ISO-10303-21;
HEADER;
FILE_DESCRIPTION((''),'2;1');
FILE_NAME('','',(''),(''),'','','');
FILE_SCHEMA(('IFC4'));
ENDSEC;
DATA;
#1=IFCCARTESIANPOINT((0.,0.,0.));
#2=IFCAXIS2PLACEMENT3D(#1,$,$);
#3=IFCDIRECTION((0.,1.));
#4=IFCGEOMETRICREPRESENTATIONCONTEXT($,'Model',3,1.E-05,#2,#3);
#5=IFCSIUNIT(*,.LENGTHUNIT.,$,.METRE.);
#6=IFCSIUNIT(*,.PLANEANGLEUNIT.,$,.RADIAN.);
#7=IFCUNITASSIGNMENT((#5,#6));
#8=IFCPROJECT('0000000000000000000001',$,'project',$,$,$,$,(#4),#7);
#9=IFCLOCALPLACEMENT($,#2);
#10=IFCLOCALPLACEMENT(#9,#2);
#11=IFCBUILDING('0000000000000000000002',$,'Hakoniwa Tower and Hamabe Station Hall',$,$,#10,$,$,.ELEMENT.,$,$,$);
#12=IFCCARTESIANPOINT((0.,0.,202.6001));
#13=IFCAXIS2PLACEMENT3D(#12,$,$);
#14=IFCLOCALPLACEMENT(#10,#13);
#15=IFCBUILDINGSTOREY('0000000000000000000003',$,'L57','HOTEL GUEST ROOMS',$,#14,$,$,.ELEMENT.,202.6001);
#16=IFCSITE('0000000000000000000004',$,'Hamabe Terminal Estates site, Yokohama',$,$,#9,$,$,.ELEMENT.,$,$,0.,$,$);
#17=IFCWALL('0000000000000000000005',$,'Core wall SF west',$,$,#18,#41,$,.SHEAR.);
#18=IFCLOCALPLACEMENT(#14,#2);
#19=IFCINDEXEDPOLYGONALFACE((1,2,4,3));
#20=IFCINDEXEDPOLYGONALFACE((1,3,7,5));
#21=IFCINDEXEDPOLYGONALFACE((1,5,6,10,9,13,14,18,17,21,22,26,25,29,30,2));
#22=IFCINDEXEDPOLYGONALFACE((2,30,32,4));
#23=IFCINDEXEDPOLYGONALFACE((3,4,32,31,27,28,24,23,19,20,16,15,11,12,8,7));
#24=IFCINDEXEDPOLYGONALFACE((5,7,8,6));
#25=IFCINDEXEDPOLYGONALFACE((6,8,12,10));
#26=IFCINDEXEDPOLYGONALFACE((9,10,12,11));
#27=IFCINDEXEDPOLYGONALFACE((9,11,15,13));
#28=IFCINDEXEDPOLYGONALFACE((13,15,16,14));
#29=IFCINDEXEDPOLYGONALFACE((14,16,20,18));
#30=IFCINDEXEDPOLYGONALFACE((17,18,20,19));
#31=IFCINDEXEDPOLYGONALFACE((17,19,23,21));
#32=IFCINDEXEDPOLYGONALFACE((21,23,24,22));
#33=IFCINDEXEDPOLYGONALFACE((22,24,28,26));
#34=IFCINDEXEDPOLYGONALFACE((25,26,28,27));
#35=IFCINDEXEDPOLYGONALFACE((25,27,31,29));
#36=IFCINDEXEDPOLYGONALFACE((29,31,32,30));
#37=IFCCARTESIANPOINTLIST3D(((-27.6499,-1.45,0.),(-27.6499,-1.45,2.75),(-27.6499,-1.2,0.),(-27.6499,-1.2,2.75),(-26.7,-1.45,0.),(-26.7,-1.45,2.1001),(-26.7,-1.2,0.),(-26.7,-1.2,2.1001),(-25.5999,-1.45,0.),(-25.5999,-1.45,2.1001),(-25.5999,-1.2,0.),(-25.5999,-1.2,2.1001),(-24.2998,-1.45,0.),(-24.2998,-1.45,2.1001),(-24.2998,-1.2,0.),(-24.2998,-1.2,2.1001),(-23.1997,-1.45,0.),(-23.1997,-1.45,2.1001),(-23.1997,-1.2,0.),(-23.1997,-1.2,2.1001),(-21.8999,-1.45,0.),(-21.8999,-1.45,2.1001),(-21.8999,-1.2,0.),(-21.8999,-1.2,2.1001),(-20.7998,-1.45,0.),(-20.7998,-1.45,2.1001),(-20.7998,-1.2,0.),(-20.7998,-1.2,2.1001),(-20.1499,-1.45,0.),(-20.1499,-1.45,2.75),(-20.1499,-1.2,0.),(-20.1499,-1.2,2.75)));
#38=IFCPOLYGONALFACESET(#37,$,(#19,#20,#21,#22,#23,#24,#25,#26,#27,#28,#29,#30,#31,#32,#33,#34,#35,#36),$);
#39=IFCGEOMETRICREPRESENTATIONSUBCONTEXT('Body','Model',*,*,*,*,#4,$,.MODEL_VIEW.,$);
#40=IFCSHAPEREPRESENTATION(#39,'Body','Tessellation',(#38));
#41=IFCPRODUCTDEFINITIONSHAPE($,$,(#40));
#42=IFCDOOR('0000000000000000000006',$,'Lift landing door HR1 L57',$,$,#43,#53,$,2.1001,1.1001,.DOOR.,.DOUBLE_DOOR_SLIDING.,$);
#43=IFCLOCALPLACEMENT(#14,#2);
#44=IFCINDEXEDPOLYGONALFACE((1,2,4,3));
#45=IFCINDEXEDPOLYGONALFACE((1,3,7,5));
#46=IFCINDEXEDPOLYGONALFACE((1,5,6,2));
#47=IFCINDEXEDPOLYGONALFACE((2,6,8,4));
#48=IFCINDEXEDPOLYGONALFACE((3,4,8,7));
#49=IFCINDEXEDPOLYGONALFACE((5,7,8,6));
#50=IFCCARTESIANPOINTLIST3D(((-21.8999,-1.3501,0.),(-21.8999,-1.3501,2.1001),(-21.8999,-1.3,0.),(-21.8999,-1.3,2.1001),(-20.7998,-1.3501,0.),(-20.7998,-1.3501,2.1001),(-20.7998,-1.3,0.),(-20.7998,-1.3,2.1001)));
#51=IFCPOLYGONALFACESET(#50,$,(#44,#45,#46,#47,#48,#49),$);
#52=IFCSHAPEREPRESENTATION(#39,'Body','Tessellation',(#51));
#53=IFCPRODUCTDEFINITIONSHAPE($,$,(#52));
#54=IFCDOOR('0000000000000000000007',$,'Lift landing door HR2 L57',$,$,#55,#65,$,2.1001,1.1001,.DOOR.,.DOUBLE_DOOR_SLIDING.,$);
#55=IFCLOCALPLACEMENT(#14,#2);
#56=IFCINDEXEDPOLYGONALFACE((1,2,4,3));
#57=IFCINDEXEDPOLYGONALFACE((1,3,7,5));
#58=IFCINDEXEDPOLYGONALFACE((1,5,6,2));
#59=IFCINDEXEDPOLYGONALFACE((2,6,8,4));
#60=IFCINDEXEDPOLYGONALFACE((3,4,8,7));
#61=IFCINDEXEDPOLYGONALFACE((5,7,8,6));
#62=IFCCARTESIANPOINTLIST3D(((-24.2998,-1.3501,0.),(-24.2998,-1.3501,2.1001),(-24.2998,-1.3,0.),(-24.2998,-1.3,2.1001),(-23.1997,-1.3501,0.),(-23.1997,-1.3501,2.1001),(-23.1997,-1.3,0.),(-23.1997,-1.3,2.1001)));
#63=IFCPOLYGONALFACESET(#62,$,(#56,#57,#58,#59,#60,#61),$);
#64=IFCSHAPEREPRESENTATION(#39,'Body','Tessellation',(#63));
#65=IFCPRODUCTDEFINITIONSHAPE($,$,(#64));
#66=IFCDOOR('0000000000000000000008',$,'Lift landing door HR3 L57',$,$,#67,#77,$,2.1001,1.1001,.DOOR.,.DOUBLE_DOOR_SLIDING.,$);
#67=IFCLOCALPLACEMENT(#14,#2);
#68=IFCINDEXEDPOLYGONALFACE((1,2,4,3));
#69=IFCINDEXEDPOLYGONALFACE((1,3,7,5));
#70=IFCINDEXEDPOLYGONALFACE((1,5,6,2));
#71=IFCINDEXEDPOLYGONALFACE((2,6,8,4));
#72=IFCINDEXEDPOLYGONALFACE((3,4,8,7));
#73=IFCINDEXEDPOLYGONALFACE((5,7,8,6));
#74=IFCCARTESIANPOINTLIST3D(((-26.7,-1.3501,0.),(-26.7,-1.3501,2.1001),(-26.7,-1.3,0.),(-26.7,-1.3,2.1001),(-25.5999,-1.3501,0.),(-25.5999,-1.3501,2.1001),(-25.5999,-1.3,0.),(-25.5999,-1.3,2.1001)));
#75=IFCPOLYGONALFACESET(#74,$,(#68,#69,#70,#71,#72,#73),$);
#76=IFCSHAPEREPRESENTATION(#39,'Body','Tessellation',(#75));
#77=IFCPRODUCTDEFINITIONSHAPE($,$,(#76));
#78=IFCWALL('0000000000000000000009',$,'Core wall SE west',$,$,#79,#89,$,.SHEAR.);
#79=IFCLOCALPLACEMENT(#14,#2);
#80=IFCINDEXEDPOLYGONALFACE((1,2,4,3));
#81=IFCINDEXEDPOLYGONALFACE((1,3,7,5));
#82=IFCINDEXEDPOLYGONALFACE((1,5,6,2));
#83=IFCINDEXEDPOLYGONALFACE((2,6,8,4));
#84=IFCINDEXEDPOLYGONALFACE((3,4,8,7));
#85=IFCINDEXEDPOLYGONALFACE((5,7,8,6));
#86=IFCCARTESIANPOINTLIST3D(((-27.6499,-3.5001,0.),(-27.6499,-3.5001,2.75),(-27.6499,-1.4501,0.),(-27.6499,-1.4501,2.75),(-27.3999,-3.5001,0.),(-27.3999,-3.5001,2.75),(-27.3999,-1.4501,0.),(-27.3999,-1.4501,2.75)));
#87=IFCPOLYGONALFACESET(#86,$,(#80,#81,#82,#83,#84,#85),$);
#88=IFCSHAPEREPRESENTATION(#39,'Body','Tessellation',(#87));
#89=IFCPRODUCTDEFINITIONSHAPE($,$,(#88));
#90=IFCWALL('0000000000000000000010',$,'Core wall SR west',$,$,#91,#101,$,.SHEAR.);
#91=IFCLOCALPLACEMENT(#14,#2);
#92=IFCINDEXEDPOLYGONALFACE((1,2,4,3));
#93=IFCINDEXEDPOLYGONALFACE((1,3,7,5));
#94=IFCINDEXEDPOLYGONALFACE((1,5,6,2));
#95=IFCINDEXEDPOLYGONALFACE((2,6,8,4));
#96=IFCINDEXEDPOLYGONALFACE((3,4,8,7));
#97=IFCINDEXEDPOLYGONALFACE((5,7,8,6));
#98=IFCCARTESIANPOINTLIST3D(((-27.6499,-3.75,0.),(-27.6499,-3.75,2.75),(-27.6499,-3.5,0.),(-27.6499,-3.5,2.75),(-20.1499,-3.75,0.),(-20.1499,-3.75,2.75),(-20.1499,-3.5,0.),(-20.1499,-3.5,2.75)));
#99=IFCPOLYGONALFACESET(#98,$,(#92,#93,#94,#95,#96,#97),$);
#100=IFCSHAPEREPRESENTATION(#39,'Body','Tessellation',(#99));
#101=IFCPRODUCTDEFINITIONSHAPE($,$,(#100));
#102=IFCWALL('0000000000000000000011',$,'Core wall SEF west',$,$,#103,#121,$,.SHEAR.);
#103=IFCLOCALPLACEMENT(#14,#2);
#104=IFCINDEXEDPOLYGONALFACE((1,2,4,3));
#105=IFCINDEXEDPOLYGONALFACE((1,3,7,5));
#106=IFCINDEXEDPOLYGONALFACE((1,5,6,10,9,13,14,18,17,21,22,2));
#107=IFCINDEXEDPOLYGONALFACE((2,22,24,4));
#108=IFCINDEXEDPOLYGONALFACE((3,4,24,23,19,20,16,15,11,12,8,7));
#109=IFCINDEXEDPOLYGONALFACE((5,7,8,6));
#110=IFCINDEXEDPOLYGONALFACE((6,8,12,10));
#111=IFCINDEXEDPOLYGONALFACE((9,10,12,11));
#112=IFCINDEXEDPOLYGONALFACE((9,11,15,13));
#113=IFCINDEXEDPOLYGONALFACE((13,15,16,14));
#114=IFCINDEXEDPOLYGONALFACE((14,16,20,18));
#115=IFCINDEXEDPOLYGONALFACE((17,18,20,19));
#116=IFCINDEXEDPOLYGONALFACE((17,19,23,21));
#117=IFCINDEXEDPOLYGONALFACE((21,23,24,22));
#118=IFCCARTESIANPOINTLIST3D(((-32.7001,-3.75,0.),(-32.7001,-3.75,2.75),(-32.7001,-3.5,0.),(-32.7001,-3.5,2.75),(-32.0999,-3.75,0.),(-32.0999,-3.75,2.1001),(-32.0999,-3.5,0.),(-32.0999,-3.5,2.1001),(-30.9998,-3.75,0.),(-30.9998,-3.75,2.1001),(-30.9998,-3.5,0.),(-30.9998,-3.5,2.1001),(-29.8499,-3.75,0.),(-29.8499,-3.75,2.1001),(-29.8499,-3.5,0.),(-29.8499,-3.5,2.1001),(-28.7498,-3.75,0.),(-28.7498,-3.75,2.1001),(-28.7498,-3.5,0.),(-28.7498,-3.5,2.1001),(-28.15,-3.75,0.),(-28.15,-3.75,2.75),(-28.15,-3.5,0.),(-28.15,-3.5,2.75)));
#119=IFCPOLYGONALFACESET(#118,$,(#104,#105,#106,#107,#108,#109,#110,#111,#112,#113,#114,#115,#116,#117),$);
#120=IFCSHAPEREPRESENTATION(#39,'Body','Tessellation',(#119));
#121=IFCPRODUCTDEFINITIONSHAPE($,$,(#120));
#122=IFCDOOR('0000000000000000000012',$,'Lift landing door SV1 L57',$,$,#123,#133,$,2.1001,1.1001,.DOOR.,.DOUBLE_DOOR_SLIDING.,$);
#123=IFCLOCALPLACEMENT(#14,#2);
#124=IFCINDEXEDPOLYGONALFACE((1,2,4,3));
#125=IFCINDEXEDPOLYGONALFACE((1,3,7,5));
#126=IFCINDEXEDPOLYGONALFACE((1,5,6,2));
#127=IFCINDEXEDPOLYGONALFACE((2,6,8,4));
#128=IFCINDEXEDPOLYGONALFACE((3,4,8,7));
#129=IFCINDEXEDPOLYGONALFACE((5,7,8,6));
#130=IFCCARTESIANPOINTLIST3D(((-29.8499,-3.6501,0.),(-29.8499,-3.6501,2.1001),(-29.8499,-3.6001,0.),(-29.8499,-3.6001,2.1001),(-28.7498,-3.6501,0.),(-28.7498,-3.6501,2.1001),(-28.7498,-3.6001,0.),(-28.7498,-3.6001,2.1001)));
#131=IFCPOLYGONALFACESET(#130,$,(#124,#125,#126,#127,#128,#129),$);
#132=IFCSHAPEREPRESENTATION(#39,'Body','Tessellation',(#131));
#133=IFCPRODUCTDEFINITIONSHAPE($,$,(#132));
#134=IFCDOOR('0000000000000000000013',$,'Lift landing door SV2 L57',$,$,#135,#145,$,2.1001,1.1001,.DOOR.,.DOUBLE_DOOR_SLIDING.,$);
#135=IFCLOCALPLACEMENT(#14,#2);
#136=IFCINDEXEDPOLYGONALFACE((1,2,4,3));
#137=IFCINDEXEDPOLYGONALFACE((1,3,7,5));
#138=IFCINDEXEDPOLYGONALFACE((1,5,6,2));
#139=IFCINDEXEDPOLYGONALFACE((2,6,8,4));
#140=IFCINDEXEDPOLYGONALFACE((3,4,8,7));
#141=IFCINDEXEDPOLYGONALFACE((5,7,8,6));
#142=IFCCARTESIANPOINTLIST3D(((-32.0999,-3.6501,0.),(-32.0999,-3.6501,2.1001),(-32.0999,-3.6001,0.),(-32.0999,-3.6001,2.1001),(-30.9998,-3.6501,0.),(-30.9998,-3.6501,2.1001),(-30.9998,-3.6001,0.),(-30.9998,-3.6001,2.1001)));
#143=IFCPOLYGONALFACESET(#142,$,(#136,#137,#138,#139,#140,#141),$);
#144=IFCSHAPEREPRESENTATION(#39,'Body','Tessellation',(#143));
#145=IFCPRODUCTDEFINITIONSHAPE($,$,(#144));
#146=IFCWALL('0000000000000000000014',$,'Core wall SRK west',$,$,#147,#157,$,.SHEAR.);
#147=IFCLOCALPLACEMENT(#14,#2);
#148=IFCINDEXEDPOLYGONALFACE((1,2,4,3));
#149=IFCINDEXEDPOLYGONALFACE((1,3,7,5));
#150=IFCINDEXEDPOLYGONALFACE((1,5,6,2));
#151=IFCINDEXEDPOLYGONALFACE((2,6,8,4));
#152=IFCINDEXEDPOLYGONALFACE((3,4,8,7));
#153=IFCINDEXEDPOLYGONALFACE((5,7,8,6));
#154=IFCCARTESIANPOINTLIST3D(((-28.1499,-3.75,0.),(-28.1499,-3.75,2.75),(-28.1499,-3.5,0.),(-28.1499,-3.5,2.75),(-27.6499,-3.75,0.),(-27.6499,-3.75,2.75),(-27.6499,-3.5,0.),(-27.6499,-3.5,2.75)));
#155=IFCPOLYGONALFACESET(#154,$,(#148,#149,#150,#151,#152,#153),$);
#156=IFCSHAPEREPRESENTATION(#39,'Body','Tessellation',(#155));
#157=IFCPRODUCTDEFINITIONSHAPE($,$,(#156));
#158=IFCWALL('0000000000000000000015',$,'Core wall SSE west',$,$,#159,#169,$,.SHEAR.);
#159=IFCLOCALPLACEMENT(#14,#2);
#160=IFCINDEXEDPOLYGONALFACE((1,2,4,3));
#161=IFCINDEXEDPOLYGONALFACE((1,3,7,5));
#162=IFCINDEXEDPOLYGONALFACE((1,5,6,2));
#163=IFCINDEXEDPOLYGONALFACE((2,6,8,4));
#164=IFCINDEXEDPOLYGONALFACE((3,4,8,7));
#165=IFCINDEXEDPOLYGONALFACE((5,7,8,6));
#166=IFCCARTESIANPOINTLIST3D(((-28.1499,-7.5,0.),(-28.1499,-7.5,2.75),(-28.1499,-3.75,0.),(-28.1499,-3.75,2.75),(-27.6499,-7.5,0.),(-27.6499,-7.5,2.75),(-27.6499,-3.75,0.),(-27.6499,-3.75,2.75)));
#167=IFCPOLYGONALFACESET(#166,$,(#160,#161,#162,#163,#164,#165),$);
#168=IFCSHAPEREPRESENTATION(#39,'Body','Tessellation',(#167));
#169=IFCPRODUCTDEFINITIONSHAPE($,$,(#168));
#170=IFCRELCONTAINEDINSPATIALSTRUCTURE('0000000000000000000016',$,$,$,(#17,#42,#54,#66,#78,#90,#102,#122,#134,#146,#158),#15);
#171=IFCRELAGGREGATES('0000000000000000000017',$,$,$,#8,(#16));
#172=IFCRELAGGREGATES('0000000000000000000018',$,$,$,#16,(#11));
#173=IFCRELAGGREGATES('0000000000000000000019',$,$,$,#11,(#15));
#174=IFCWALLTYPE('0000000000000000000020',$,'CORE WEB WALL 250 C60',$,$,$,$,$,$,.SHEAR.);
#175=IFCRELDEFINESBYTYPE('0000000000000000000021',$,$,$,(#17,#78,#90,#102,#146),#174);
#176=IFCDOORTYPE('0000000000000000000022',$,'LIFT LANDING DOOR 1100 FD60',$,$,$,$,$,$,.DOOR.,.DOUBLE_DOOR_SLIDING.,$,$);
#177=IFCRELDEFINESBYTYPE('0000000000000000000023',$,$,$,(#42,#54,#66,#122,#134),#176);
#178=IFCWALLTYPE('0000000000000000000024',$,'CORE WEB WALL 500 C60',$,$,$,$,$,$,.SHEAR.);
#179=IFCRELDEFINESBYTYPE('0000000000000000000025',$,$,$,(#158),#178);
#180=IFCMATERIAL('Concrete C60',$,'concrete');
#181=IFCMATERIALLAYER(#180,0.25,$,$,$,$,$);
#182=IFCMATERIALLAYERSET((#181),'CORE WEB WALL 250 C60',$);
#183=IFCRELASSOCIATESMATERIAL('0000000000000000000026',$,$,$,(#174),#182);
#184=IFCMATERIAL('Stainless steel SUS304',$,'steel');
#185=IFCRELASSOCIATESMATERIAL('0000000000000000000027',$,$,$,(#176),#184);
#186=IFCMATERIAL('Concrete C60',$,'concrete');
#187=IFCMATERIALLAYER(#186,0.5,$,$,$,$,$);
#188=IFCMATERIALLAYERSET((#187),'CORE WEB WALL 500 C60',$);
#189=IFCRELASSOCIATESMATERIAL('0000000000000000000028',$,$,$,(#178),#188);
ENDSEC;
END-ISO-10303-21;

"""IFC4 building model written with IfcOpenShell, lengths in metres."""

from ifc_helpers import new_model, si_unit, direction, frame, frame_2d, origin, place, context, subcontext, project, spatial, rectangle, extrude, material, layer, layer_set, type_object, element, fill, save


model = new_model("IFC4")

# Units and contexts
model_context = context("Model", 3, precision=1e-05, world=origin(), true_north=direction((0.0, 1.0)))
body_context = subcontext(model_context, "Body", "Model", "MODEL_VIEW")
ifc_project = project(units=[si_unit("LENGTHUNIT", "METRE"), si_unit("PLANEANGLEUNIT", "RADIAN")], contexts=[model_context])

# Site, building, storey
site_placement = place(None, origin())
site = spatial("IfcSite", under=ifc_project, at=site_placement, Name="Hamabe Terminal Estates site, Yokohama", CompositionType="ELEMENT", RefElevation=0.0)
building_placement = place(site_placement, origin())
building = spatial("IfcBuilding", under=site, at=building_placement, Name="Hakoniwa Tower and Hamabe Station Hall", CompositionType="ELEMENT")
storey_placement = place(building_placement, frame((0.0, 0.0, 202.6001)))
storey = spatial("IfcBuildingStorey", under=building, at=storey_placement, Name="L57", Description="HOTEL GUEST ROOMS", CompositionType="ELEMENT", Elevation=202.6001)

# Wall, openings, doors
ifc_material_1 = material(Name="Concrete C60", Category="concrete")
ifc_layer_1 = layer(ifc_material_1, 0.25)
ifc_layer_set_1 = layer_set([ifc_layer_1], Name="CORE WEB WALL 250 C60")
wall_type_1 = type_object("IfcWallType", Name="CORE WEB WALL 250 C60", PredefinedType="SHEAR", material=ifc_layer_set_1)
wall_1_placement = place(storey_placement, frame((-27.6499, -1.325, 0.0), z_axis=(0.0, 0.0, 1.0), x_axis=(1.0, 0.0, 0.0)))
wall_1 = element("IfcWall", 1, at=wall_1_placement, inside=storey, type_object=wall_type_1, Name="Core wall SF west", PredefinedType="SHEAR", context=body_context, shape_type="SweptSolid", body=[
    extrude(rectangle(XDim=7.5, YDim=0.25, at=frame_2d((3.75, 0.0))), origin(), (0.0, 0.0, 1.0), 2.75),
])
opening_1_placement = place(wall_1_placement, frame((5.75, 0.0, 0.0)))
opening_1 = element("IfcOpeningElement", 2, at=opening_1_placement, cuts=wall_1, PredefinedType="OPENING", context=body_context, shape_type="SweptSolid", body=[
    extrude(rectangle(XDim=1.1001, YDim=2.1001, at=frame_2d((0.55, 1.05))), frame((0.0, 0.135, 0.0), z_axis=(0.0, -1.0, 0.0), x_axis=(1.0, 0.0, 0.0)), (0.0, 0.0, 1.0), 0.27),
])
opening_2_placement = place(wall_1_placement, frame((3.3501, 0.0, 0.0)))
opening_2 = element("IfcOpeningElement", 3, at=opening_2_placement, cuts=wall_1, PredefinedType="OPENING", context=body_context, shape_type="SweptSolid", body=[
    extrude(rectangle(XDim=1.1001, YDim=2.1001, at=frame_2d((0.55, 1.05))), frame((0.0, 0.135, 0.0), z_axis=(0.0, -1.0, 0.0), x_axis=(1.0, 0.0, 0.0)), (0.0, 0.0, 1.0), 0.27),
])
opening_3_placement = place(wall_1_placement, frame((0.95, 0.0, 0.0)))
opening_3 = element("IfcOpeningElement", 4, at=opening_3_placement, cuts=wall_1, PredefinedType="OPENING", context=body_context, shape_type="SweptSolid", body=[
    extrude(rectangle(XDim=1.1001, YDim=2.1001, at=frame_2d((0.55, 1.05))), frame((0.0, 0.135, 0.0), z_axis=(0.0, -1.0, 0.0), x_axis=(1.0, 0.0, 0.0)), (0.0, 0.0, 1.0), 0.27),
])
ifc_material_2 = material(Name="Stainless steel SUS304", Category="steel")
door_type_1 = type_object("IfcDoorType", Name="LIFT LANDING DOOR 1100 FD60", OperationType="DOUBLE_DOOR_SLIDING", PredefinedType="DOOR", material=ifc_material_2)
door_1_placement = place(opening_1_placement, origin())
door_1 = element("IfcDoor", 5, at=door_1_placement, inside=storey, type_object=door_type_1, Name="Lift landing door HR1 L57", OperationType="DOUBLE_DOOR_SLIDING", OverallHeight=2.1001, OverallWidth=1.1001, PredefinedType="DOOR", context=body_context, shape_type="SweptSolid", body=[
    extrude(rectangle(XDim=1.1001, YDim=2.1001, at=frame_2d((0.55, 1.05))), frame((0.0, 0.0249, 0.0), z_axis=(0.0, -1.0, 0.0), x_axis=(1.0, 0.0, 0.0)), (0.0, 0.0, 1.0), 0.05),
])
fill(opening_1, door_1)
door_2_placement = place(opening_2_placement, origin())
door_2 = element("IfcDoor", 6, at=door_2_placement, inside=storey, type_object=door_type_1, Name="Lift landing door HR2 L57", OperationType="DOUBLE_DOOR_SLIDING", OverallHeight=2.1001, OverallWidth=1.1001, PredefinedType="DOOR", context=body_context, shape_type="SweptSolid", body=[
    extrude(rectangle(XDim=1.1001, YDim=2.1001, at=frame_2d((0.55, 1.05))), frame((0.0, 0.0249, 0.0), z_axis=(0.0, -1.0, 0.0), x_axis=(1.0, 0.0, 0.0)), (0.0, 0.0, 1.0), 0.05),
])
fill(opening_2, door_2)
door_3_placement = place(opening_3_placement, origin())
door_3 = element("IfcDoor", 7, at=door_3_placement, inside=storey, type_object=door_type_1, Name="Lift landing door HR3 L57", OperationType="DOUBLE_DOOR_SLIDING", OverallHeight=2.1001, OverallWidth=1.1001, PredefinedType="DOOR", context=body_context, shape_type="SweptSolid", body=[
    extrude(rectangle(XDim=1.1001, YDim=2.1001, at=frame_2d((0.55, 1.05))), frame((0.0, 0.0249, 0.0), z_axis=(0.0, -1.0, 0.0), x_axis=(1.0, 0.0, 0.0)), (0.0, 0.0, 1.0), 0.05),
])
fill(opening_3, door_3)

# Walls
wall_2_placement = place(storey_placement, frame((-27.5249, -3.5, 0.0), z_axis=(0.0, 0.0, 1.0), x_axis=(0.0, 1.0, 0.0)))
element("IfcWall", 8, at=wall_2_placement, inside=storey, type_object=wall_type_1, Name="Core wall SE west", PredefinedType="SHEAR", context=body_context, shape_type="SweptSolid", body=[
    extrude(rectangle(XDim=2.05, YDim=0.25, at=frame_2d((1.0249, 0.0))), origin(), (0.0, 0.0, 1.0), 2.75),
])
wall_3_placement = place(storey_placement, frame((-27.6499, -3.625, 0.0), z_axis=(0.0, 0.0, 1.0), x_axis=(1.0, 0.0, 0.0)))
element("IfcWall", 9, at=wall_3_placement, inside=storey, type_object=wall_type_1, Name="Core wall SR west", PredefinedType="SHEAR", context=body_context, shape_type="SweptSolid", body=[
    extrude(rectangle(XDim=7.5, YDim=0.25, at=frame_2d((3.75, 0.0))), origin(), (0.0, 0.0, 1.0), 2.75),
])

# Wall, openings, doors
wall_4_placement = place(storey_placement, frame((-32.7, -3.625, 0.0), z_axis=(0.0, 0.0, 1.0), x_axis=(1.0, 0.0, 0.0)))
wall_4 = element("IfcWall", 10, at=wall_4_placement, inside=storey, type_object=wall_type_1, Name="Core wall SEF west", PredefinedType="SHEAR", context=body_context, shape_type="SweptSolid", body=[
    extrude(rectangle(XDim=4.55, YDim=0.25, at=frame_2d((2.2749, 0.0))), origin(), (0.0, 0.0, 1.0), 2.75),
])
opening_4_placement = place(wall_4_placement, frame((2.8501, 0.0, 0.0)))
opening_4 = element("IfcOpeningElement", 11, at=opening_4_placement, cuts=wall_4, PredefinedType="OPENING", context=body_context, shape_type="SweptSolid", body=[
    extrude(rectangle(XDim=1.1001, YDim=2.1001, at=frame_2d((0.55, 1.05))), frame((0.0, 0.135, 0.0), z_axis=(0.0, -1.0, 0.0), x_axis=(1.0, 0.0, 0.0)), (0.0, 0.0, 1.0), 0.27),
])
opening_5_placement = place(wall_4_placement, frame((0.6001, 0.0, 0.0)))
opening_5 = element("IfcOpeningElement", 12, at=opening_5_placement, cuts=wall_4, PredefinedType="OPENING", context=body_context, shape_type="SweptSolid", body=[
    extrude(rectangle(XDim=1.1001, YDim=2.1001, at=frame_2d((0.55, 1.05))), frame((0.0, 0.135, 0.0), z_axis=(0.0, -1.0, 0.0), x_axis=(1.0, 0.0, 0.0)), (0.0, 0.0, 1.0), 0.27),
])
door_4_placement = place(opening_4_placement, origin())
door_4 = element("IfcDoor", 13, at=door_4_placement, inside=storey, type_object=door_type_1, Name="Lift landing door SV1 L57", OperationType="DOUBLE_DOOR_SLIDING", OverallHeight=2.1001, OverallWidth=1.1001, PredefinedType="DOOR", context=body_context, shape_type="SweptSolid", body=[
    extrude(rectangle(XDim=1.1001, YDim=2.1001, at=frame_2d((0.55, 1.05))), frame((0.0, 0.0249, 0.0), z_axis=(0.0, -1.0, 0.0), x_axis=(1.0, 0.0, 0.0)), (0.0, 0.0, 1.0), 0.05),
])
fill(opening_4, door_4)
door_5_placement = place(opening_5_placement, origin())
door_5 = element("IfcDoor", 14, at=door_5_placement, inside=storey, type_object=door_type_1, Name="Lift landing door SV2 L57", OperationType="DOUBLE_DOOR_SLIDING", OverallHeight=2.1001, OverallWidth=1.1001, PredefinedType="DOOR", context=body_context, shape_type="SweptSolid", body=[
    extrude(rectangle(XDim=1.1001, YDim=2.1001, at=frame_2d((0.55, 1.05))), frame((0.0, 0.0249, 0.0), z_axis=(0.0, -1.0, 0.0), x_axis=(1.0, 0.0, 0.0)), (0.0, 0.0, 1.0), 0.05),
])
fill(opening_5, door_5)

# Walls
wall_5_placement = place(storey_placement, frame((-28.1499, -3.625, 0.0), z_axis=(0.0, 0.0, 1.0), x_axis=(1.0, 0.0, 0.0)))
element("IfcWall", 15, at=wall_5_placement, inside=storey, type_object=wall_type_1, Name="Core wall SRK west", PredefinedType="SHEAR", context=body_context, shape_type="SweptSolid", body=[
    extrude(rectangle(XDim=0.5, YDim=0.25, at=frame_2d((0.25, 0.0))), origin(), (0.0, 0.0, 1.0), 2.75),
])
ifc_material_3 = material(Name="Concrete C60", Category="concrete")
ifc_layer_2 = layer(ifc_material_3, 0.5)
ifc_layer_set_2 = layer_set([ifc_layer_2], Name="CORE WEB WALL 500 C60")
wall_type_2 = type_object("IfcWallType", Name="CORE WEB WALL 500 C60", PredefinedType="SHEAR", material=ifc_layer_set_2)
wall_6_placement = place(storey_placement, frame((-27.8999, -7.5, 0.0), z_axis=(0.0, 0.0, 1.0), x_axis=(0.0, 1.0, 0.0)))
element("IfcWall", 16, at=wall_6_placement, inside=storey, type_object=wall_type_2, Name="Core wall SSE west", PredefinedType="SHEAR", context=body_context, shape_type="SweptSolid", body=[
    extrude(rectangle(XDim=3.75, YDim=0.5, at=frame_2d((1.875, 0.0))), origin(), (0.0, 0.0, 1.0), 2.75),
])

save(model, "model.ifc")
